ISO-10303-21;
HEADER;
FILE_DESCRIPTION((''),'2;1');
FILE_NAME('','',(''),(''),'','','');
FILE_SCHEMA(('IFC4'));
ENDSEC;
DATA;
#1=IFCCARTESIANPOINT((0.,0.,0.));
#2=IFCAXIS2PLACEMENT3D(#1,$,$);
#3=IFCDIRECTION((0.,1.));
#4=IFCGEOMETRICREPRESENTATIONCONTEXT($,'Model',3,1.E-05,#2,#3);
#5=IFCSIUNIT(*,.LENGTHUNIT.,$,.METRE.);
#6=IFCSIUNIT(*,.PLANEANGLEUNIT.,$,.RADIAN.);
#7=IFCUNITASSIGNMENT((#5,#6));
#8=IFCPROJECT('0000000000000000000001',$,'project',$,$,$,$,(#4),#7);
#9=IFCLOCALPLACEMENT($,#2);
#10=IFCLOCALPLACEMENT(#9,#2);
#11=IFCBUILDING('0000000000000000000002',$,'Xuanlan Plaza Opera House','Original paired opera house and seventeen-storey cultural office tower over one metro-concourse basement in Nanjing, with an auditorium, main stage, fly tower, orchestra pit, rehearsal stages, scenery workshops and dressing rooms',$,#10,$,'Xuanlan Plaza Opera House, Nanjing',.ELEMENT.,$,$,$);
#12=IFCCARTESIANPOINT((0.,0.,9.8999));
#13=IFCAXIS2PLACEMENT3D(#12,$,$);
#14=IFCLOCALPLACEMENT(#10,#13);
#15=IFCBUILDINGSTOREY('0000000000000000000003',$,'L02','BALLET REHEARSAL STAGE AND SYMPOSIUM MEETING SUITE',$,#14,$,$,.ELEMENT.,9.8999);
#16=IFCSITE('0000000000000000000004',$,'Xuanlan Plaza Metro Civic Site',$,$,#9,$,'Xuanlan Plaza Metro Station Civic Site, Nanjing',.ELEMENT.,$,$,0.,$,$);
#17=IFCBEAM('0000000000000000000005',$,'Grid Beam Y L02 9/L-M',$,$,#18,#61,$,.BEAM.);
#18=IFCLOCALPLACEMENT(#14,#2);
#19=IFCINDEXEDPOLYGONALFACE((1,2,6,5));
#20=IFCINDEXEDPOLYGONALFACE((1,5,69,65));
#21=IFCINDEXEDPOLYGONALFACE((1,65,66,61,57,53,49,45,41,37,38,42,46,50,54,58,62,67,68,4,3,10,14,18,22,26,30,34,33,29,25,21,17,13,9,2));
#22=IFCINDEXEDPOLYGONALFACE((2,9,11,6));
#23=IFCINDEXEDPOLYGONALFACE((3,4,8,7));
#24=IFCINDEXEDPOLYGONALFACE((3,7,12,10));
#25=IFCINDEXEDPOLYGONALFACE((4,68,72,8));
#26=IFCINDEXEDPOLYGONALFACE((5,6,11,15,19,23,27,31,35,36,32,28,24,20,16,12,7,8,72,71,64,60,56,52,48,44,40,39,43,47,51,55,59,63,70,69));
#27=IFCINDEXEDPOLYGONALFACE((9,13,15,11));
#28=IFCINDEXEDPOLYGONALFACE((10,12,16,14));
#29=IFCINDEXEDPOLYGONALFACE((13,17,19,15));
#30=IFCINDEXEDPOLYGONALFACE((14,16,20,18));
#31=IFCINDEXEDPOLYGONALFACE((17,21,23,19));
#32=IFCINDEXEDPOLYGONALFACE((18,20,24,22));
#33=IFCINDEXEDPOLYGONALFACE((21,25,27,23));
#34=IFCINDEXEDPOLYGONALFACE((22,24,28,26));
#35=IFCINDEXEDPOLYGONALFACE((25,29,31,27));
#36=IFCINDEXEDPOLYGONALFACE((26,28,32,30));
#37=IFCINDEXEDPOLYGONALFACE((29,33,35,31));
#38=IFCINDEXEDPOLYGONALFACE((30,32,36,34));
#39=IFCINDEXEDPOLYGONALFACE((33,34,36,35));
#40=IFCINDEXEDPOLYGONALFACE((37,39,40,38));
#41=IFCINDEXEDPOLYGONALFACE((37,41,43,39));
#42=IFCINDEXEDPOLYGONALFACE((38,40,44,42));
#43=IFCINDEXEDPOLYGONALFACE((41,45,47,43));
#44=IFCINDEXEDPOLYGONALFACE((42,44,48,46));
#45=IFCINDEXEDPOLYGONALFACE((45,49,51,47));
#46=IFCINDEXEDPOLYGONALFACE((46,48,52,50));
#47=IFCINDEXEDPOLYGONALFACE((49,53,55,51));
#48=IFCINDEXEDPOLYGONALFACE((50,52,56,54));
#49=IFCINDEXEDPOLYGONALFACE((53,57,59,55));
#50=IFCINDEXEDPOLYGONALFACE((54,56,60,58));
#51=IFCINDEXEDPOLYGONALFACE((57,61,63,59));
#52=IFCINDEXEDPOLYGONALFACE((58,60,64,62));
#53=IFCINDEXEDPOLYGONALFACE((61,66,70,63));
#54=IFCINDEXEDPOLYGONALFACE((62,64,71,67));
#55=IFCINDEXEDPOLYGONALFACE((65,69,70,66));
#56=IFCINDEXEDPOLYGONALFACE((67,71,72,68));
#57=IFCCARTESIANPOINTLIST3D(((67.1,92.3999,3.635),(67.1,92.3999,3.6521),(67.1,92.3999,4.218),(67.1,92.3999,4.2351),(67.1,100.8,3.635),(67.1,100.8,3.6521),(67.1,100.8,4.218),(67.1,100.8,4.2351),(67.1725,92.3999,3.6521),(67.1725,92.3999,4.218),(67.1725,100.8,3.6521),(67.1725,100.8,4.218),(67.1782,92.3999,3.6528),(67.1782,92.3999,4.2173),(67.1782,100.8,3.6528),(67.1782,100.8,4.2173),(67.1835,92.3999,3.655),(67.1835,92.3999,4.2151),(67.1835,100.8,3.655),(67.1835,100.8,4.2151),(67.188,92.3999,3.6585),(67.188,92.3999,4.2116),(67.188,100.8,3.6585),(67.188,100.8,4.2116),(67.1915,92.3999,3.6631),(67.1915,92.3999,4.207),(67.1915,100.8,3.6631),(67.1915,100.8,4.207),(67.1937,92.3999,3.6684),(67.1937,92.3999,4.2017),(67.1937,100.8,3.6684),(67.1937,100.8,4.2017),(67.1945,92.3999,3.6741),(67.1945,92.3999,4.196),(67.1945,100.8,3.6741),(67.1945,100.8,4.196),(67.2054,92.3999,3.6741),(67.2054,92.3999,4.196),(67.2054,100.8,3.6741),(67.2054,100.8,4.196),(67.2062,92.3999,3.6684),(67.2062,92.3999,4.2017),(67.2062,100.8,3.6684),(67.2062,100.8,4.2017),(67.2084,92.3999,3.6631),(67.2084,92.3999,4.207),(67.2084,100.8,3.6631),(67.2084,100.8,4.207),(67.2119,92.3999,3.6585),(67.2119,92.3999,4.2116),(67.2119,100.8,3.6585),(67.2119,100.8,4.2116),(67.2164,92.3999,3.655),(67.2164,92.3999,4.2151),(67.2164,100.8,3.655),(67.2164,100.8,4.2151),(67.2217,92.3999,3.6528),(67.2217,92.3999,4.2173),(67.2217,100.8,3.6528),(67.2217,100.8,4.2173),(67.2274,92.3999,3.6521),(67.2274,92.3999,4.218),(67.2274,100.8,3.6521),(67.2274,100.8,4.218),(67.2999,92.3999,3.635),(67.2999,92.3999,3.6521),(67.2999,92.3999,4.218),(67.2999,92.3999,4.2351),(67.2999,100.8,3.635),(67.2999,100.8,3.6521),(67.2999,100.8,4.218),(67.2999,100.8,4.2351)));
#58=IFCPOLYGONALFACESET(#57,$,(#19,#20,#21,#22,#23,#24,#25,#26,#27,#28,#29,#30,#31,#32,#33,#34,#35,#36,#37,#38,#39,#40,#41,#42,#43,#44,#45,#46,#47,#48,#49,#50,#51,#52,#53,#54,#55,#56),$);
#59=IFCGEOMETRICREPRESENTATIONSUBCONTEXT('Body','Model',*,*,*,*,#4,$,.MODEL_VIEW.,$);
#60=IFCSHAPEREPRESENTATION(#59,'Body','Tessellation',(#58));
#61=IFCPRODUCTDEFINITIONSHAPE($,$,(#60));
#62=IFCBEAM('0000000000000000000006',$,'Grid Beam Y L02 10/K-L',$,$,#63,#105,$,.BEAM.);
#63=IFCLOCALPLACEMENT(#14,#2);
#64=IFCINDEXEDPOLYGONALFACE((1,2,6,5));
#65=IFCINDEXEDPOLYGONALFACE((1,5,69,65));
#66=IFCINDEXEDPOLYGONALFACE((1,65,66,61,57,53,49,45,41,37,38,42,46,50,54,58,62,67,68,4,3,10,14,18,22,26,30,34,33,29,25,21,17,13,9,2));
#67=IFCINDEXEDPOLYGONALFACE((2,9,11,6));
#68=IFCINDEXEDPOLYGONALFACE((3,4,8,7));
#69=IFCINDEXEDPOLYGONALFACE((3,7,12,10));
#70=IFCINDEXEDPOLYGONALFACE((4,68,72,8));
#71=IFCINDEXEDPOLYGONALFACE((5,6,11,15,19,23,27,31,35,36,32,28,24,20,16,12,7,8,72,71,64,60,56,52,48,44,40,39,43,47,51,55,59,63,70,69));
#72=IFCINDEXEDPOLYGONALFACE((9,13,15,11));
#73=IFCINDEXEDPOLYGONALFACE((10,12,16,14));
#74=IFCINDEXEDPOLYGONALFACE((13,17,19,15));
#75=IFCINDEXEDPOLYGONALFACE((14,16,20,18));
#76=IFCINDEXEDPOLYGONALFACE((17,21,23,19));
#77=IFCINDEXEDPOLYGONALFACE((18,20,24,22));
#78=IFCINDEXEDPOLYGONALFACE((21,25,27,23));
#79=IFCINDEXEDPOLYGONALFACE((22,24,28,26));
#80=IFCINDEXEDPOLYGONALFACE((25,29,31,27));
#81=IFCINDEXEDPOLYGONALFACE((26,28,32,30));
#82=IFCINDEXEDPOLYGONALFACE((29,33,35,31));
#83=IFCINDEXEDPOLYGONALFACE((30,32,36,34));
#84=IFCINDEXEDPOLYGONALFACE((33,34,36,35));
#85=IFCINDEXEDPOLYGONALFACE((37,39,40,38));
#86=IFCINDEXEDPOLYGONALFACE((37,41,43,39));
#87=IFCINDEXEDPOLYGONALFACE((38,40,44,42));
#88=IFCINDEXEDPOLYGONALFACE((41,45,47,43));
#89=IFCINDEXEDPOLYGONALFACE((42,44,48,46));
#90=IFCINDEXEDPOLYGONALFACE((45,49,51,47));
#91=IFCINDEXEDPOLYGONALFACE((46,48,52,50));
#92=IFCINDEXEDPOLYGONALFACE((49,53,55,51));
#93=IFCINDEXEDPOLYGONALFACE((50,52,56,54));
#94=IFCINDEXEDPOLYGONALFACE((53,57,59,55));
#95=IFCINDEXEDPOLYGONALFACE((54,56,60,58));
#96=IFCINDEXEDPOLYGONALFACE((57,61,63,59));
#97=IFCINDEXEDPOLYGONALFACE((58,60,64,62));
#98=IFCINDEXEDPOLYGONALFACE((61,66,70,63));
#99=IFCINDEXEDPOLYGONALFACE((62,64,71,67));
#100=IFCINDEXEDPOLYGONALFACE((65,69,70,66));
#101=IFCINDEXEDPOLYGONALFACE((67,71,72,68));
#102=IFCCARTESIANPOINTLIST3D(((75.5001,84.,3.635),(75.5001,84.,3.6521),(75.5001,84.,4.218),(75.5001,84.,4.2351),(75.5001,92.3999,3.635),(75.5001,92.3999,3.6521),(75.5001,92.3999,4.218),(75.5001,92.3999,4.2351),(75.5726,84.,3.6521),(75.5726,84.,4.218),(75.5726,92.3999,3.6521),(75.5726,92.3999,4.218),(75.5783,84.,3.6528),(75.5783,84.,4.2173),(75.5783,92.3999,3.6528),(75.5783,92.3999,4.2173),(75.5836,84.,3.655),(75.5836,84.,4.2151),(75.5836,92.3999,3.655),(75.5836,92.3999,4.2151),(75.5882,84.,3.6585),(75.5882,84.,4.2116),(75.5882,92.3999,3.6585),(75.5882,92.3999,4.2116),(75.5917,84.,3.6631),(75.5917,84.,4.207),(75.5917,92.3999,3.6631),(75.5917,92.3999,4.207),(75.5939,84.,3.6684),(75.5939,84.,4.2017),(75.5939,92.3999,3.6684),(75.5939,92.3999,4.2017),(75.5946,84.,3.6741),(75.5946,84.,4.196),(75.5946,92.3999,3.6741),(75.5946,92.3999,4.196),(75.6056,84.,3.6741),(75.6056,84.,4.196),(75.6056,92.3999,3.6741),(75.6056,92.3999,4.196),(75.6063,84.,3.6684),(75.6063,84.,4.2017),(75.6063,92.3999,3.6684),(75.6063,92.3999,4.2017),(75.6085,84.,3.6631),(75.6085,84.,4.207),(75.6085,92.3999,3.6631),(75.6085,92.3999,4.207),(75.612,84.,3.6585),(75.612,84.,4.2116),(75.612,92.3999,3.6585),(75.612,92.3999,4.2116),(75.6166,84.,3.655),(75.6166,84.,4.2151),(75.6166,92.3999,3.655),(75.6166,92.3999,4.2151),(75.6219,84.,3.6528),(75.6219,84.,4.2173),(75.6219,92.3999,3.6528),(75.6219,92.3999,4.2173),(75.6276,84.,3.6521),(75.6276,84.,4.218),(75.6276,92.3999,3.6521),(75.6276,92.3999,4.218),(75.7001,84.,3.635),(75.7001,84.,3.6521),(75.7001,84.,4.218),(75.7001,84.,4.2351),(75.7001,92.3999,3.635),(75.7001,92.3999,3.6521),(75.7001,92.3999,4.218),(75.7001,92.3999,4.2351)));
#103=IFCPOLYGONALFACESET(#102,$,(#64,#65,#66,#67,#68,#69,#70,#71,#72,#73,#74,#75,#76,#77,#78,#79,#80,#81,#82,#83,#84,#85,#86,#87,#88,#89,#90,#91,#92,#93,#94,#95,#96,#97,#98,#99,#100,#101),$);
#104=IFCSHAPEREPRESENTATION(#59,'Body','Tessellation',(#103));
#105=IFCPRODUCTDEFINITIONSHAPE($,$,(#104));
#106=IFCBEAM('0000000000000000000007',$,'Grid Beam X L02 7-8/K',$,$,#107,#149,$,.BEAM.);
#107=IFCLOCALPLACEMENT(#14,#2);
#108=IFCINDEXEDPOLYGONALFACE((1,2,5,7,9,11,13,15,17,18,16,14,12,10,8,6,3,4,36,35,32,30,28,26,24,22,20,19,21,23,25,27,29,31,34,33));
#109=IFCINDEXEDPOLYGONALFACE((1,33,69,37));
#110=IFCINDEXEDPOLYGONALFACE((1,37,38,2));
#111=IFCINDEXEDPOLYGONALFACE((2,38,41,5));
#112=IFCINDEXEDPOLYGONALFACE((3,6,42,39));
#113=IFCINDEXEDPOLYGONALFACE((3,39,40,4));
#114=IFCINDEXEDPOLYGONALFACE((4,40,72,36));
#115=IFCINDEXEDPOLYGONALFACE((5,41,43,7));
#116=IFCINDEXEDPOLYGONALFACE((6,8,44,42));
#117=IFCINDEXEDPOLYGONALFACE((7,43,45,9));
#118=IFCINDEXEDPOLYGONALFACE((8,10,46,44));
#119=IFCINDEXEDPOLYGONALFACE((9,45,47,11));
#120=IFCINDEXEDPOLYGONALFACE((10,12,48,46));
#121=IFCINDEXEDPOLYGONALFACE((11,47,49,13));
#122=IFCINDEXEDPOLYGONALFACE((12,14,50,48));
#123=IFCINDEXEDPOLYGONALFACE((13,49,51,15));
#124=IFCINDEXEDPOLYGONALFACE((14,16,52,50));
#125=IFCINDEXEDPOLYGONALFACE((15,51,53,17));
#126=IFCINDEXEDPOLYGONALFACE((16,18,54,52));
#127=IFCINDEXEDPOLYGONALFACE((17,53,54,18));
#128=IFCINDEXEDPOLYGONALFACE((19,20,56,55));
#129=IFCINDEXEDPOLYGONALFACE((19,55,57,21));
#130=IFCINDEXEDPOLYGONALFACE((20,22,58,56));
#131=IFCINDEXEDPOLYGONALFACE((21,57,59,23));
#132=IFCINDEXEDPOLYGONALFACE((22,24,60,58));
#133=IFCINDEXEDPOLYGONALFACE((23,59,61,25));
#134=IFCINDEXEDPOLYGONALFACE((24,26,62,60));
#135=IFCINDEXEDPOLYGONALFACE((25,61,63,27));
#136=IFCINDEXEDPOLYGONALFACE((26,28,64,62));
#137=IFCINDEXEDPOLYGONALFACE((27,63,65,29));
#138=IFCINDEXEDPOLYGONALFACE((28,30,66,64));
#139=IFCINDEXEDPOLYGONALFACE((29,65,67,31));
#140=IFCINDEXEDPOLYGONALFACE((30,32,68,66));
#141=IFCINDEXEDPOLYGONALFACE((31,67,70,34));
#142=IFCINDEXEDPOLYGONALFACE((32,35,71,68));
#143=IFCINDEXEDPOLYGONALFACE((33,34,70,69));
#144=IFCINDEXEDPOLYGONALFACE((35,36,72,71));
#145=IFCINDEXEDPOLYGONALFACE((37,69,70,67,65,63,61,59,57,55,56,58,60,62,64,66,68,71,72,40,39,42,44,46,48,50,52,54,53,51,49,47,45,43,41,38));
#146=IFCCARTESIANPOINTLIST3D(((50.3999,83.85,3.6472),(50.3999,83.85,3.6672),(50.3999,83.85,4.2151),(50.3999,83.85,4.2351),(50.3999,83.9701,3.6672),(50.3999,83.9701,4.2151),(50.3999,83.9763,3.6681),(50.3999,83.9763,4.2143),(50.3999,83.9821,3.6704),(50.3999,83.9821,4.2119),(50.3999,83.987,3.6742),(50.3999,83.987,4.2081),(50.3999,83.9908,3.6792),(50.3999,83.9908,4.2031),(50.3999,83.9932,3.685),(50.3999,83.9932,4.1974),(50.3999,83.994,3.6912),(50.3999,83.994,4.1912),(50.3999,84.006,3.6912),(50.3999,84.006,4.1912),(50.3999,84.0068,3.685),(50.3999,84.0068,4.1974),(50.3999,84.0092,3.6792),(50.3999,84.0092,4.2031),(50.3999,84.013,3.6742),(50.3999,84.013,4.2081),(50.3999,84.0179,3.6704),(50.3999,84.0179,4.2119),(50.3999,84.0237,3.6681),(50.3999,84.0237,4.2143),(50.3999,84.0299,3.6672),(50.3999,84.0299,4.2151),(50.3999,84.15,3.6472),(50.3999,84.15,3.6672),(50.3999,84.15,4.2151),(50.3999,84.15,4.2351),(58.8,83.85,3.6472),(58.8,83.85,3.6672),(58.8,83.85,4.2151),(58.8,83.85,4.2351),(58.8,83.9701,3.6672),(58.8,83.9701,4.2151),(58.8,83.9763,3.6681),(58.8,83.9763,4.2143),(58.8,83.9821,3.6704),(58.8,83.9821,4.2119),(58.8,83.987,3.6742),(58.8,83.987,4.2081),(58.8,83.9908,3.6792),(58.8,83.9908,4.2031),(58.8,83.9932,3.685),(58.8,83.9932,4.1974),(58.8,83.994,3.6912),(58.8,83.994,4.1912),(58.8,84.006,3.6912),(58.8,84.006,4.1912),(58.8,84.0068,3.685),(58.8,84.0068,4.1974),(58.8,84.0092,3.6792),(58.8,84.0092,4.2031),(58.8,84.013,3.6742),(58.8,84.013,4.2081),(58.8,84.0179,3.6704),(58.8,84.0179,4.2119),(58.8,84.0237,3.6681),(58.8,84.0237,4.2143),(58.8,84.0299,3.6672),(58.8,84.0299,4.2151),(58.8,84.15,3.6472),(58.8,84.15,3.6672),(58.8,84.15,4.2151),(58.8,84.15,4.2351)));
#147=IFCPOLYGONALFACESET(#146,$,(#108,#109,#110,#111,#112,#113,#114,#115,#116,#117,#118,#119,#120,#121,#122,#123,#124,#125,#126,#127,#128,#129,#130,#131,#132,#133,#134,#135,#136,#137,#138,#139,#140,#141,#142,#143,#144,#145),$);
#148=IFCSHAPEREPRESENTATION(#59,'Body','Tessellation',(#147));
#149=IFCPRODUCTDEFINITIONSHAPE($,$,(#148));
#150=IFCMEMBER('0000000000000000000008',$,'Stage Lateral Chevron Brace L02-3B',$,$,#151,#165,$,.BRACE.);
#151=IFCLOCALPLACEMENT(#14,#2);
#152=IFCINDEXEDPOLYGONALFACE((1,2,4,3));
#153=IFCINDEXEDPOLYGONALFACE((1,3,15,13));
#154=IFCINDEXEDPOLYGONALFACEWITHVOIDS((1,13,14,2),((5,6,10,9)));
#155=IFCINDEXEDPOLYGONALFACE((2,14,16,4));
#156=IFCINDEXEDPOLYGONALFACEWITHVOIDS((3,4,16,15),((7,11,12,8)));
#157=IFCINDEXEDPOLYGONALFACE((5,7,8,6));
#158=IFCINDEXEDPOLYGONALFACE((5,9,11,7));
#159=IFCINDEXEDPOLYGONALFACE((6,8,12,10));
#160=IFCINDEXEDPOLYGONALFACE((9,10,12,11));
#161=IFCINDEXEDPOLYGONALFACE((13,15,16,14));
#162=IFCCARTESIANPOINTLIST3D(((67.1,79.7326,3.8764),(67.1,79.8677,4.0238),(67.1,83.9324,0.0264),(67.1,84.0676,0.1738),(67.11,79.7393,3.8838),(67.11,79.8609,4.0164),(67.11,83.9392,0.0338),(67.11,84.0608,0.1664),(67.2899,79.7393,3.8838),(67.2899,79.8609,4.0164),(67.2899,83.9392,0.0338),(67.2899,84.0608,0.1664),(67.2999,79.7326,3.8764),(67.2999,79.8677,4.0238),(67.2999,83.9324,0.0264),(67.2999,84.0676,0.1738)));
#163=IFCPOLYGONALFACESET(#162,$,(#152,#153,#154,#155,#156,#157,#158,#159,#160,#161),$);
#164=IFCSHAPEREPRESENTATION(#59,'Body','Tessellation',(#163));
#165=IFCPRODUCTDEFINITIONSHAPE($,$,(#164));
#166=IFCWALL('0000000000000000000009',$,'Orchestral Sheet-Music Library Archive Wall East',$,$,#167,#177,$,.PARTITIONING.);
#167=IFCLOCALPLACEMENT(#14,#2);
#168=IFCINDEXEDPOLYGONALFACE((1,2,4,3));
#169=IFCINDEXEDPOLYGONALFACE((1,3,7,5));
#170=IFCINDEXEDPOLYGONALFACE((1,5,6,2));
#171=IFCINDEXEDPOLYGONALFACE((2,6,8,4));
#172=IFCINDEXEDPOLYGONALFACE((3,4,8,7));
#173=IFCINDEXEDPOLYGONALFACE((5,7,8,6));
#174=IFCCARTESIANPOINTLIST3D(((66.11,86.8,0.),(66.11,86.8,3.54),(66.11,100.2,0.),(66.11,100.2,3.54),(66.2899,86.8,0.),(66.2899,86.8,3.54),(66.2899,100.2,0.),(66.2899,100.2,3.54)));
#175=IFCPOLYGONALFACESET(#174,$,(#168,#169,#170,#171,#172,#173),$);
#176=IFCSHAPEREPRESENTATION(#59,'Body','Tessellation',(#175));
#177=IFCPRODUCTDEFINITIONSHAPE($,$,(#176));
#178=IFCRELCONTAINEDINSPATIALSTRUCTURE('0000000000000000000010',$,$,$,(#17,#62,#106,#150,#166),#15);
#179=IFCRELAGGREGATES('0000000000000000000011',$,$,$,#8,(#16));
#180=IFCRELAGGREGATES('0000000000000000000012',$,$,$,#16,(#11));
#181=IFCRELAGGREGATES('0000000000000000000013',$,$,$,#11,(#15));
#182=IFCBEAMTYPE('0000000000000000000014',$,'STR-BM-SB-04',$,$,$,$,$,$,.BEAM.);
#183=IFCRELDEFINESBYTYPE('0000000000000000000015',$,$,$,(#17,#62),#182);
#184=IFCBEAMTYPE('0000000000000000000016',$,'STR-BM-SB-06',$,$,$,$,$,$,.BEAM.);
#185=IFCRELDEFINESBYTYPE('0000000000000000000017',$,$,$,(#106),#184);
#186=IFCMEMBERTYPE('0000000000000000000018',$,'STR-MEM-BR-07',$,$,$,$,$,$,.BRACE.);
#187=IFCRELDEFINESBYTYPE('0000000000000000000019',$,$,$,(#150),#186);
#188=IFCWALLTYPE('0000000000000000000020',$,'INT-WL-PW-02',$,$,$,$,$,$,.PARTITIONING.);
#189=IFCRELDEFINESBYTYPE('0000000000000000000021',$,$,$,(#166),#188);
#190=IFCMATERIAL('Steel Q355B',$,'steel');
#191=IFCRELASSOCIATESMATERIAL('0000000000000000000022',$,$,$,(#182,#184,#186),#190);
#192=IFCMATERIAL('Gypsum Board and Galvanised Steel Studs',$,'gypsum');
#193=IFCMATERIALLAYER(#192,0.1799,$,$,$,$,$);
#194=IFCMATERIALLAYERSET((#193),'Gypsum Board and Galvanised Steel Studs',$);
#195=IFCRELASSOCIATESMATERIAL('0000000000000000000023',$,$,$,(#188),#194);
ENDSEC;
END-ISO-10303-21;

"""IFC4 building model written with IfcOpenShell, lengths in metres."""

from ifc_helpers import new_model, si_unit, direction, frame, frame_2d, origin, origin_2d, place, context, subcontext, project, spatial, rectangle, hollow_rectangle, i_section, extrude, material, layer, layer_set, material_profile, profile_set, type_object, element, save


model = new_model("IFC4")

# Units and contexts
model_context = context("Model", 3, precision=1e-05, world=origin(), true_north=direction((0.0, 1.0)))
body_context = subcontext(model_context, "Body", "Model", "MODEL_VIEW")
ifc_project = project(units=[si_unit("LENGTHUNIT", "METRE"), si_unit("PLANEANGLEUNIT", "RADIAN")], contexts=[model_context])

# Site, building, storey
site_placement = place(None, origin())
site = spatial("IfcSite", under=ifc_project, at=site_placement, Name="Xuanlan Plaza Metro Civic Site", LongName="Xuanlan Plaza Metro Station Civic Site, Nanjing", CompositionType="ELEMENT", RefElevation=0.0)
building_placement = place(site_placement, origin())
building = spatial("IfcBuilding", under=site, at=building_placement, Name="Xuanlan Plaza Opera House", Description="Original paired opera house and seventeen-storey cultural office tower over one metro-concourse basement in Nanjing, with an auditorium, main stage, fly tower, orchestra pit, rehearsal stages, scenery workshops and dressing rooms", LongName="Xuanlan Plaza Opera House, Nanjing", CompositionType="ELEMENT")
storey_placement = place(building_placement, frame((0.0, 0.0, 9.8999)))
storey = spatial("IfcBuildingStorey", under=building, at=storey_placement, Name="L02", Description="BALLET REHEARSAL STAGE AND SYMPOSIUM MEETING SUITE", CompositionType="ELEMENT", Elevation=9.8999)

# Beams
ifc_material_1 = material(Name="Steel Q355B", Category="steel")
ifc_material_profile_1 = material_profile(ifc_material_1, i_section(OverallWidth=0.2, OverallDepth=0.6001, WebThickness=0.011, FlangeThickness=0.0171, FilletRadius=0.022, at=origin_2d()), Name="HN 600x200x11x17")
ifc_profile_set_1 = profile_set([ifc_material_profile_1], Name="Steel Q355B")
beam_type_1 = type_object("IfcBeamType", Name="STR-BM-SB-04", PredefinedType="BEAM", material=ifc_profile_set_1)
beam_1_placement = place(storey_placement, frame((67.2, 92.3999, 3.9351), z_axis=(0.0, 1.0, 0.0), x_axis=(-1.0, 0.0, 0.0)))
element("IfcBeam", 1, at=beam_1_placement, inside=storey, type_object=beam_type_1, Name="Grid Beam Y L02 9/L-M", PredefinedType="BEAM", context=body_context, shape_type="SweptSolid", body=[
    extrude(i_section(OverallWidth=0.2, OverallDepth=0.6001, WebThickness=0.011, FlangeThickness=0.0171, FilletRadius=0.022, at=origin_2d()), origin(), (0.0, 0.0, 1.0), 8.4001),
])
beam_2_placement = place(storey_placement, frame((75.6001, 84.0, 3.9351), z_axis=(0.0, 1.0, 0.0), x_axis=(-1.0, 0.0, 0.0)))
element("IfcBeam", 2, at=beam_2_placement, inside=storey, type_object=beam_type_1, Name="Grid Beam Y L02 10/K-L", PredefinedType="BEAM", context=body_context, shape_type="SweptSolid", body=[
    extrude(i_section(OverallWidth=0.2, OverallDepth=0.6001, WebThickness=0.011, FlangeThickness=0.0171, FilletRadius=0.022, at=origin_2d()), origin(), (0.0, 0.0, 1.0), 8.3999),
])
ifc_material_profile_2 = material_profile(ifc_material_1, i_section(OverallWidth=0.3, OverallDepth=0.5879, WebThickness=0.012, FlangeThickness=0.02, FilletRadius=0.0239, at=origin_2d()), Name="HM 588x300x12x20")
ifc_profile_set_2 = profile_set([ifc_material_profile_2], Name="Steel Q355B")
beam_type_2 = type_object("IfcBeamType", Name="STR-BM-SB-06", PredefinedType="BEAM", material=ifc_profile_set_2)
beam_3_placement = place(storey_placement, frame((50.3999, 84.0, 3.9412), z_axis=(1.0, 0.0, 0.0), x_axis=(0.0, 1.0, 0.0)))
element("IfcBeam", 3, at=beam_3_placement, inside=storey, type_object=beam_type_2, Name="Grid Beam X L02 7-8/K", PredefinedType="BEAM", context=body_context, shape_type="SweptSolid", body=[
    extrude(i_section(OverallWidth=0.3, OverallDepth=0.5879, WebThickness=0.012, FlangeThickness=0.02, FilletRadius=0.0239, at=origin_2d()), origin(), (0.0, 0.0, 1.0), 8.4001),
])

# Member
ifc_material_profile_3 = material_profile(ifc_material_1, hollow_rectangle(XDim=0.2, YDim=0.2, WallThickness=0.01, at=origin_2d()), Name="SHS 200x200x10")
ifc_profile_set_3 = profile_set([ifc_material_profile_3], Name="Steel Q355B")
member_type = type_object("IfcMemberType", Name="STR-MEM-BR-07", PredefinedType="BRACE", material=ifc_profile_set_3)
member_placement = place(storey_placement, frame((67.2, 84.0, 0.1001), z_axis=(0.0, -0.737142, 0.675738), x_axis=(1.0, 0.0, 0.0)))
element("IfcMember", 4, at=member_placement, inside=storey, type_object=member_type, Name="Stage Lateral Chevron Brace L02-3B", PredefinedType="BRACE", context=body_context, shape_type="SweptSolid", body=[
    extrude(hollow_rectangle(XDim=0.2, YDim=0.2, WallThickness=0.01, at=origin_2d()), origin(), (0.0, 0.0, 1.0), 5.6975),
])

# Wall
ifc_material_2 = material(Name="Gypsum Board and Galvanised Steel Studs", Category="gypsum")
ifc_layer_1 = layer(ifc_material_2, 0.1799)
ifc_layer_set_1 = layer_set([ifc_layer_1], Name="Gypsum Board and Galvanised Steel Studs")
wall_type_1 = type_object("IfcWallType", Name="INT-WL-PW-02", PredefinedType="PARTITIONING", material=ifc_layer_set_1)
wall_1_placement = place(storey_placement, frame((66.2, 86.8, 0.0), z_axis=(0.0, 0.0, 1.0), x_axis=(0.0, 1.0, 0.0)))
element("IfcWall", 5, at=wall_1_placement, inside=storey, type_object=wall_type_1, Name="Orchestral Sheet-Music Library Archive Wall East", PredefinedType="PARTITIONING", context=body_context, shape_type="SweptSolid", body=[
    extrude(rectangle(XDim=13.3999, YDim=0.1799, at=frame_2d((6.7, 0.0))), origin(), (0.0, 0.0, 1.0), 3.54),
])

save(model, "model.ifc")
